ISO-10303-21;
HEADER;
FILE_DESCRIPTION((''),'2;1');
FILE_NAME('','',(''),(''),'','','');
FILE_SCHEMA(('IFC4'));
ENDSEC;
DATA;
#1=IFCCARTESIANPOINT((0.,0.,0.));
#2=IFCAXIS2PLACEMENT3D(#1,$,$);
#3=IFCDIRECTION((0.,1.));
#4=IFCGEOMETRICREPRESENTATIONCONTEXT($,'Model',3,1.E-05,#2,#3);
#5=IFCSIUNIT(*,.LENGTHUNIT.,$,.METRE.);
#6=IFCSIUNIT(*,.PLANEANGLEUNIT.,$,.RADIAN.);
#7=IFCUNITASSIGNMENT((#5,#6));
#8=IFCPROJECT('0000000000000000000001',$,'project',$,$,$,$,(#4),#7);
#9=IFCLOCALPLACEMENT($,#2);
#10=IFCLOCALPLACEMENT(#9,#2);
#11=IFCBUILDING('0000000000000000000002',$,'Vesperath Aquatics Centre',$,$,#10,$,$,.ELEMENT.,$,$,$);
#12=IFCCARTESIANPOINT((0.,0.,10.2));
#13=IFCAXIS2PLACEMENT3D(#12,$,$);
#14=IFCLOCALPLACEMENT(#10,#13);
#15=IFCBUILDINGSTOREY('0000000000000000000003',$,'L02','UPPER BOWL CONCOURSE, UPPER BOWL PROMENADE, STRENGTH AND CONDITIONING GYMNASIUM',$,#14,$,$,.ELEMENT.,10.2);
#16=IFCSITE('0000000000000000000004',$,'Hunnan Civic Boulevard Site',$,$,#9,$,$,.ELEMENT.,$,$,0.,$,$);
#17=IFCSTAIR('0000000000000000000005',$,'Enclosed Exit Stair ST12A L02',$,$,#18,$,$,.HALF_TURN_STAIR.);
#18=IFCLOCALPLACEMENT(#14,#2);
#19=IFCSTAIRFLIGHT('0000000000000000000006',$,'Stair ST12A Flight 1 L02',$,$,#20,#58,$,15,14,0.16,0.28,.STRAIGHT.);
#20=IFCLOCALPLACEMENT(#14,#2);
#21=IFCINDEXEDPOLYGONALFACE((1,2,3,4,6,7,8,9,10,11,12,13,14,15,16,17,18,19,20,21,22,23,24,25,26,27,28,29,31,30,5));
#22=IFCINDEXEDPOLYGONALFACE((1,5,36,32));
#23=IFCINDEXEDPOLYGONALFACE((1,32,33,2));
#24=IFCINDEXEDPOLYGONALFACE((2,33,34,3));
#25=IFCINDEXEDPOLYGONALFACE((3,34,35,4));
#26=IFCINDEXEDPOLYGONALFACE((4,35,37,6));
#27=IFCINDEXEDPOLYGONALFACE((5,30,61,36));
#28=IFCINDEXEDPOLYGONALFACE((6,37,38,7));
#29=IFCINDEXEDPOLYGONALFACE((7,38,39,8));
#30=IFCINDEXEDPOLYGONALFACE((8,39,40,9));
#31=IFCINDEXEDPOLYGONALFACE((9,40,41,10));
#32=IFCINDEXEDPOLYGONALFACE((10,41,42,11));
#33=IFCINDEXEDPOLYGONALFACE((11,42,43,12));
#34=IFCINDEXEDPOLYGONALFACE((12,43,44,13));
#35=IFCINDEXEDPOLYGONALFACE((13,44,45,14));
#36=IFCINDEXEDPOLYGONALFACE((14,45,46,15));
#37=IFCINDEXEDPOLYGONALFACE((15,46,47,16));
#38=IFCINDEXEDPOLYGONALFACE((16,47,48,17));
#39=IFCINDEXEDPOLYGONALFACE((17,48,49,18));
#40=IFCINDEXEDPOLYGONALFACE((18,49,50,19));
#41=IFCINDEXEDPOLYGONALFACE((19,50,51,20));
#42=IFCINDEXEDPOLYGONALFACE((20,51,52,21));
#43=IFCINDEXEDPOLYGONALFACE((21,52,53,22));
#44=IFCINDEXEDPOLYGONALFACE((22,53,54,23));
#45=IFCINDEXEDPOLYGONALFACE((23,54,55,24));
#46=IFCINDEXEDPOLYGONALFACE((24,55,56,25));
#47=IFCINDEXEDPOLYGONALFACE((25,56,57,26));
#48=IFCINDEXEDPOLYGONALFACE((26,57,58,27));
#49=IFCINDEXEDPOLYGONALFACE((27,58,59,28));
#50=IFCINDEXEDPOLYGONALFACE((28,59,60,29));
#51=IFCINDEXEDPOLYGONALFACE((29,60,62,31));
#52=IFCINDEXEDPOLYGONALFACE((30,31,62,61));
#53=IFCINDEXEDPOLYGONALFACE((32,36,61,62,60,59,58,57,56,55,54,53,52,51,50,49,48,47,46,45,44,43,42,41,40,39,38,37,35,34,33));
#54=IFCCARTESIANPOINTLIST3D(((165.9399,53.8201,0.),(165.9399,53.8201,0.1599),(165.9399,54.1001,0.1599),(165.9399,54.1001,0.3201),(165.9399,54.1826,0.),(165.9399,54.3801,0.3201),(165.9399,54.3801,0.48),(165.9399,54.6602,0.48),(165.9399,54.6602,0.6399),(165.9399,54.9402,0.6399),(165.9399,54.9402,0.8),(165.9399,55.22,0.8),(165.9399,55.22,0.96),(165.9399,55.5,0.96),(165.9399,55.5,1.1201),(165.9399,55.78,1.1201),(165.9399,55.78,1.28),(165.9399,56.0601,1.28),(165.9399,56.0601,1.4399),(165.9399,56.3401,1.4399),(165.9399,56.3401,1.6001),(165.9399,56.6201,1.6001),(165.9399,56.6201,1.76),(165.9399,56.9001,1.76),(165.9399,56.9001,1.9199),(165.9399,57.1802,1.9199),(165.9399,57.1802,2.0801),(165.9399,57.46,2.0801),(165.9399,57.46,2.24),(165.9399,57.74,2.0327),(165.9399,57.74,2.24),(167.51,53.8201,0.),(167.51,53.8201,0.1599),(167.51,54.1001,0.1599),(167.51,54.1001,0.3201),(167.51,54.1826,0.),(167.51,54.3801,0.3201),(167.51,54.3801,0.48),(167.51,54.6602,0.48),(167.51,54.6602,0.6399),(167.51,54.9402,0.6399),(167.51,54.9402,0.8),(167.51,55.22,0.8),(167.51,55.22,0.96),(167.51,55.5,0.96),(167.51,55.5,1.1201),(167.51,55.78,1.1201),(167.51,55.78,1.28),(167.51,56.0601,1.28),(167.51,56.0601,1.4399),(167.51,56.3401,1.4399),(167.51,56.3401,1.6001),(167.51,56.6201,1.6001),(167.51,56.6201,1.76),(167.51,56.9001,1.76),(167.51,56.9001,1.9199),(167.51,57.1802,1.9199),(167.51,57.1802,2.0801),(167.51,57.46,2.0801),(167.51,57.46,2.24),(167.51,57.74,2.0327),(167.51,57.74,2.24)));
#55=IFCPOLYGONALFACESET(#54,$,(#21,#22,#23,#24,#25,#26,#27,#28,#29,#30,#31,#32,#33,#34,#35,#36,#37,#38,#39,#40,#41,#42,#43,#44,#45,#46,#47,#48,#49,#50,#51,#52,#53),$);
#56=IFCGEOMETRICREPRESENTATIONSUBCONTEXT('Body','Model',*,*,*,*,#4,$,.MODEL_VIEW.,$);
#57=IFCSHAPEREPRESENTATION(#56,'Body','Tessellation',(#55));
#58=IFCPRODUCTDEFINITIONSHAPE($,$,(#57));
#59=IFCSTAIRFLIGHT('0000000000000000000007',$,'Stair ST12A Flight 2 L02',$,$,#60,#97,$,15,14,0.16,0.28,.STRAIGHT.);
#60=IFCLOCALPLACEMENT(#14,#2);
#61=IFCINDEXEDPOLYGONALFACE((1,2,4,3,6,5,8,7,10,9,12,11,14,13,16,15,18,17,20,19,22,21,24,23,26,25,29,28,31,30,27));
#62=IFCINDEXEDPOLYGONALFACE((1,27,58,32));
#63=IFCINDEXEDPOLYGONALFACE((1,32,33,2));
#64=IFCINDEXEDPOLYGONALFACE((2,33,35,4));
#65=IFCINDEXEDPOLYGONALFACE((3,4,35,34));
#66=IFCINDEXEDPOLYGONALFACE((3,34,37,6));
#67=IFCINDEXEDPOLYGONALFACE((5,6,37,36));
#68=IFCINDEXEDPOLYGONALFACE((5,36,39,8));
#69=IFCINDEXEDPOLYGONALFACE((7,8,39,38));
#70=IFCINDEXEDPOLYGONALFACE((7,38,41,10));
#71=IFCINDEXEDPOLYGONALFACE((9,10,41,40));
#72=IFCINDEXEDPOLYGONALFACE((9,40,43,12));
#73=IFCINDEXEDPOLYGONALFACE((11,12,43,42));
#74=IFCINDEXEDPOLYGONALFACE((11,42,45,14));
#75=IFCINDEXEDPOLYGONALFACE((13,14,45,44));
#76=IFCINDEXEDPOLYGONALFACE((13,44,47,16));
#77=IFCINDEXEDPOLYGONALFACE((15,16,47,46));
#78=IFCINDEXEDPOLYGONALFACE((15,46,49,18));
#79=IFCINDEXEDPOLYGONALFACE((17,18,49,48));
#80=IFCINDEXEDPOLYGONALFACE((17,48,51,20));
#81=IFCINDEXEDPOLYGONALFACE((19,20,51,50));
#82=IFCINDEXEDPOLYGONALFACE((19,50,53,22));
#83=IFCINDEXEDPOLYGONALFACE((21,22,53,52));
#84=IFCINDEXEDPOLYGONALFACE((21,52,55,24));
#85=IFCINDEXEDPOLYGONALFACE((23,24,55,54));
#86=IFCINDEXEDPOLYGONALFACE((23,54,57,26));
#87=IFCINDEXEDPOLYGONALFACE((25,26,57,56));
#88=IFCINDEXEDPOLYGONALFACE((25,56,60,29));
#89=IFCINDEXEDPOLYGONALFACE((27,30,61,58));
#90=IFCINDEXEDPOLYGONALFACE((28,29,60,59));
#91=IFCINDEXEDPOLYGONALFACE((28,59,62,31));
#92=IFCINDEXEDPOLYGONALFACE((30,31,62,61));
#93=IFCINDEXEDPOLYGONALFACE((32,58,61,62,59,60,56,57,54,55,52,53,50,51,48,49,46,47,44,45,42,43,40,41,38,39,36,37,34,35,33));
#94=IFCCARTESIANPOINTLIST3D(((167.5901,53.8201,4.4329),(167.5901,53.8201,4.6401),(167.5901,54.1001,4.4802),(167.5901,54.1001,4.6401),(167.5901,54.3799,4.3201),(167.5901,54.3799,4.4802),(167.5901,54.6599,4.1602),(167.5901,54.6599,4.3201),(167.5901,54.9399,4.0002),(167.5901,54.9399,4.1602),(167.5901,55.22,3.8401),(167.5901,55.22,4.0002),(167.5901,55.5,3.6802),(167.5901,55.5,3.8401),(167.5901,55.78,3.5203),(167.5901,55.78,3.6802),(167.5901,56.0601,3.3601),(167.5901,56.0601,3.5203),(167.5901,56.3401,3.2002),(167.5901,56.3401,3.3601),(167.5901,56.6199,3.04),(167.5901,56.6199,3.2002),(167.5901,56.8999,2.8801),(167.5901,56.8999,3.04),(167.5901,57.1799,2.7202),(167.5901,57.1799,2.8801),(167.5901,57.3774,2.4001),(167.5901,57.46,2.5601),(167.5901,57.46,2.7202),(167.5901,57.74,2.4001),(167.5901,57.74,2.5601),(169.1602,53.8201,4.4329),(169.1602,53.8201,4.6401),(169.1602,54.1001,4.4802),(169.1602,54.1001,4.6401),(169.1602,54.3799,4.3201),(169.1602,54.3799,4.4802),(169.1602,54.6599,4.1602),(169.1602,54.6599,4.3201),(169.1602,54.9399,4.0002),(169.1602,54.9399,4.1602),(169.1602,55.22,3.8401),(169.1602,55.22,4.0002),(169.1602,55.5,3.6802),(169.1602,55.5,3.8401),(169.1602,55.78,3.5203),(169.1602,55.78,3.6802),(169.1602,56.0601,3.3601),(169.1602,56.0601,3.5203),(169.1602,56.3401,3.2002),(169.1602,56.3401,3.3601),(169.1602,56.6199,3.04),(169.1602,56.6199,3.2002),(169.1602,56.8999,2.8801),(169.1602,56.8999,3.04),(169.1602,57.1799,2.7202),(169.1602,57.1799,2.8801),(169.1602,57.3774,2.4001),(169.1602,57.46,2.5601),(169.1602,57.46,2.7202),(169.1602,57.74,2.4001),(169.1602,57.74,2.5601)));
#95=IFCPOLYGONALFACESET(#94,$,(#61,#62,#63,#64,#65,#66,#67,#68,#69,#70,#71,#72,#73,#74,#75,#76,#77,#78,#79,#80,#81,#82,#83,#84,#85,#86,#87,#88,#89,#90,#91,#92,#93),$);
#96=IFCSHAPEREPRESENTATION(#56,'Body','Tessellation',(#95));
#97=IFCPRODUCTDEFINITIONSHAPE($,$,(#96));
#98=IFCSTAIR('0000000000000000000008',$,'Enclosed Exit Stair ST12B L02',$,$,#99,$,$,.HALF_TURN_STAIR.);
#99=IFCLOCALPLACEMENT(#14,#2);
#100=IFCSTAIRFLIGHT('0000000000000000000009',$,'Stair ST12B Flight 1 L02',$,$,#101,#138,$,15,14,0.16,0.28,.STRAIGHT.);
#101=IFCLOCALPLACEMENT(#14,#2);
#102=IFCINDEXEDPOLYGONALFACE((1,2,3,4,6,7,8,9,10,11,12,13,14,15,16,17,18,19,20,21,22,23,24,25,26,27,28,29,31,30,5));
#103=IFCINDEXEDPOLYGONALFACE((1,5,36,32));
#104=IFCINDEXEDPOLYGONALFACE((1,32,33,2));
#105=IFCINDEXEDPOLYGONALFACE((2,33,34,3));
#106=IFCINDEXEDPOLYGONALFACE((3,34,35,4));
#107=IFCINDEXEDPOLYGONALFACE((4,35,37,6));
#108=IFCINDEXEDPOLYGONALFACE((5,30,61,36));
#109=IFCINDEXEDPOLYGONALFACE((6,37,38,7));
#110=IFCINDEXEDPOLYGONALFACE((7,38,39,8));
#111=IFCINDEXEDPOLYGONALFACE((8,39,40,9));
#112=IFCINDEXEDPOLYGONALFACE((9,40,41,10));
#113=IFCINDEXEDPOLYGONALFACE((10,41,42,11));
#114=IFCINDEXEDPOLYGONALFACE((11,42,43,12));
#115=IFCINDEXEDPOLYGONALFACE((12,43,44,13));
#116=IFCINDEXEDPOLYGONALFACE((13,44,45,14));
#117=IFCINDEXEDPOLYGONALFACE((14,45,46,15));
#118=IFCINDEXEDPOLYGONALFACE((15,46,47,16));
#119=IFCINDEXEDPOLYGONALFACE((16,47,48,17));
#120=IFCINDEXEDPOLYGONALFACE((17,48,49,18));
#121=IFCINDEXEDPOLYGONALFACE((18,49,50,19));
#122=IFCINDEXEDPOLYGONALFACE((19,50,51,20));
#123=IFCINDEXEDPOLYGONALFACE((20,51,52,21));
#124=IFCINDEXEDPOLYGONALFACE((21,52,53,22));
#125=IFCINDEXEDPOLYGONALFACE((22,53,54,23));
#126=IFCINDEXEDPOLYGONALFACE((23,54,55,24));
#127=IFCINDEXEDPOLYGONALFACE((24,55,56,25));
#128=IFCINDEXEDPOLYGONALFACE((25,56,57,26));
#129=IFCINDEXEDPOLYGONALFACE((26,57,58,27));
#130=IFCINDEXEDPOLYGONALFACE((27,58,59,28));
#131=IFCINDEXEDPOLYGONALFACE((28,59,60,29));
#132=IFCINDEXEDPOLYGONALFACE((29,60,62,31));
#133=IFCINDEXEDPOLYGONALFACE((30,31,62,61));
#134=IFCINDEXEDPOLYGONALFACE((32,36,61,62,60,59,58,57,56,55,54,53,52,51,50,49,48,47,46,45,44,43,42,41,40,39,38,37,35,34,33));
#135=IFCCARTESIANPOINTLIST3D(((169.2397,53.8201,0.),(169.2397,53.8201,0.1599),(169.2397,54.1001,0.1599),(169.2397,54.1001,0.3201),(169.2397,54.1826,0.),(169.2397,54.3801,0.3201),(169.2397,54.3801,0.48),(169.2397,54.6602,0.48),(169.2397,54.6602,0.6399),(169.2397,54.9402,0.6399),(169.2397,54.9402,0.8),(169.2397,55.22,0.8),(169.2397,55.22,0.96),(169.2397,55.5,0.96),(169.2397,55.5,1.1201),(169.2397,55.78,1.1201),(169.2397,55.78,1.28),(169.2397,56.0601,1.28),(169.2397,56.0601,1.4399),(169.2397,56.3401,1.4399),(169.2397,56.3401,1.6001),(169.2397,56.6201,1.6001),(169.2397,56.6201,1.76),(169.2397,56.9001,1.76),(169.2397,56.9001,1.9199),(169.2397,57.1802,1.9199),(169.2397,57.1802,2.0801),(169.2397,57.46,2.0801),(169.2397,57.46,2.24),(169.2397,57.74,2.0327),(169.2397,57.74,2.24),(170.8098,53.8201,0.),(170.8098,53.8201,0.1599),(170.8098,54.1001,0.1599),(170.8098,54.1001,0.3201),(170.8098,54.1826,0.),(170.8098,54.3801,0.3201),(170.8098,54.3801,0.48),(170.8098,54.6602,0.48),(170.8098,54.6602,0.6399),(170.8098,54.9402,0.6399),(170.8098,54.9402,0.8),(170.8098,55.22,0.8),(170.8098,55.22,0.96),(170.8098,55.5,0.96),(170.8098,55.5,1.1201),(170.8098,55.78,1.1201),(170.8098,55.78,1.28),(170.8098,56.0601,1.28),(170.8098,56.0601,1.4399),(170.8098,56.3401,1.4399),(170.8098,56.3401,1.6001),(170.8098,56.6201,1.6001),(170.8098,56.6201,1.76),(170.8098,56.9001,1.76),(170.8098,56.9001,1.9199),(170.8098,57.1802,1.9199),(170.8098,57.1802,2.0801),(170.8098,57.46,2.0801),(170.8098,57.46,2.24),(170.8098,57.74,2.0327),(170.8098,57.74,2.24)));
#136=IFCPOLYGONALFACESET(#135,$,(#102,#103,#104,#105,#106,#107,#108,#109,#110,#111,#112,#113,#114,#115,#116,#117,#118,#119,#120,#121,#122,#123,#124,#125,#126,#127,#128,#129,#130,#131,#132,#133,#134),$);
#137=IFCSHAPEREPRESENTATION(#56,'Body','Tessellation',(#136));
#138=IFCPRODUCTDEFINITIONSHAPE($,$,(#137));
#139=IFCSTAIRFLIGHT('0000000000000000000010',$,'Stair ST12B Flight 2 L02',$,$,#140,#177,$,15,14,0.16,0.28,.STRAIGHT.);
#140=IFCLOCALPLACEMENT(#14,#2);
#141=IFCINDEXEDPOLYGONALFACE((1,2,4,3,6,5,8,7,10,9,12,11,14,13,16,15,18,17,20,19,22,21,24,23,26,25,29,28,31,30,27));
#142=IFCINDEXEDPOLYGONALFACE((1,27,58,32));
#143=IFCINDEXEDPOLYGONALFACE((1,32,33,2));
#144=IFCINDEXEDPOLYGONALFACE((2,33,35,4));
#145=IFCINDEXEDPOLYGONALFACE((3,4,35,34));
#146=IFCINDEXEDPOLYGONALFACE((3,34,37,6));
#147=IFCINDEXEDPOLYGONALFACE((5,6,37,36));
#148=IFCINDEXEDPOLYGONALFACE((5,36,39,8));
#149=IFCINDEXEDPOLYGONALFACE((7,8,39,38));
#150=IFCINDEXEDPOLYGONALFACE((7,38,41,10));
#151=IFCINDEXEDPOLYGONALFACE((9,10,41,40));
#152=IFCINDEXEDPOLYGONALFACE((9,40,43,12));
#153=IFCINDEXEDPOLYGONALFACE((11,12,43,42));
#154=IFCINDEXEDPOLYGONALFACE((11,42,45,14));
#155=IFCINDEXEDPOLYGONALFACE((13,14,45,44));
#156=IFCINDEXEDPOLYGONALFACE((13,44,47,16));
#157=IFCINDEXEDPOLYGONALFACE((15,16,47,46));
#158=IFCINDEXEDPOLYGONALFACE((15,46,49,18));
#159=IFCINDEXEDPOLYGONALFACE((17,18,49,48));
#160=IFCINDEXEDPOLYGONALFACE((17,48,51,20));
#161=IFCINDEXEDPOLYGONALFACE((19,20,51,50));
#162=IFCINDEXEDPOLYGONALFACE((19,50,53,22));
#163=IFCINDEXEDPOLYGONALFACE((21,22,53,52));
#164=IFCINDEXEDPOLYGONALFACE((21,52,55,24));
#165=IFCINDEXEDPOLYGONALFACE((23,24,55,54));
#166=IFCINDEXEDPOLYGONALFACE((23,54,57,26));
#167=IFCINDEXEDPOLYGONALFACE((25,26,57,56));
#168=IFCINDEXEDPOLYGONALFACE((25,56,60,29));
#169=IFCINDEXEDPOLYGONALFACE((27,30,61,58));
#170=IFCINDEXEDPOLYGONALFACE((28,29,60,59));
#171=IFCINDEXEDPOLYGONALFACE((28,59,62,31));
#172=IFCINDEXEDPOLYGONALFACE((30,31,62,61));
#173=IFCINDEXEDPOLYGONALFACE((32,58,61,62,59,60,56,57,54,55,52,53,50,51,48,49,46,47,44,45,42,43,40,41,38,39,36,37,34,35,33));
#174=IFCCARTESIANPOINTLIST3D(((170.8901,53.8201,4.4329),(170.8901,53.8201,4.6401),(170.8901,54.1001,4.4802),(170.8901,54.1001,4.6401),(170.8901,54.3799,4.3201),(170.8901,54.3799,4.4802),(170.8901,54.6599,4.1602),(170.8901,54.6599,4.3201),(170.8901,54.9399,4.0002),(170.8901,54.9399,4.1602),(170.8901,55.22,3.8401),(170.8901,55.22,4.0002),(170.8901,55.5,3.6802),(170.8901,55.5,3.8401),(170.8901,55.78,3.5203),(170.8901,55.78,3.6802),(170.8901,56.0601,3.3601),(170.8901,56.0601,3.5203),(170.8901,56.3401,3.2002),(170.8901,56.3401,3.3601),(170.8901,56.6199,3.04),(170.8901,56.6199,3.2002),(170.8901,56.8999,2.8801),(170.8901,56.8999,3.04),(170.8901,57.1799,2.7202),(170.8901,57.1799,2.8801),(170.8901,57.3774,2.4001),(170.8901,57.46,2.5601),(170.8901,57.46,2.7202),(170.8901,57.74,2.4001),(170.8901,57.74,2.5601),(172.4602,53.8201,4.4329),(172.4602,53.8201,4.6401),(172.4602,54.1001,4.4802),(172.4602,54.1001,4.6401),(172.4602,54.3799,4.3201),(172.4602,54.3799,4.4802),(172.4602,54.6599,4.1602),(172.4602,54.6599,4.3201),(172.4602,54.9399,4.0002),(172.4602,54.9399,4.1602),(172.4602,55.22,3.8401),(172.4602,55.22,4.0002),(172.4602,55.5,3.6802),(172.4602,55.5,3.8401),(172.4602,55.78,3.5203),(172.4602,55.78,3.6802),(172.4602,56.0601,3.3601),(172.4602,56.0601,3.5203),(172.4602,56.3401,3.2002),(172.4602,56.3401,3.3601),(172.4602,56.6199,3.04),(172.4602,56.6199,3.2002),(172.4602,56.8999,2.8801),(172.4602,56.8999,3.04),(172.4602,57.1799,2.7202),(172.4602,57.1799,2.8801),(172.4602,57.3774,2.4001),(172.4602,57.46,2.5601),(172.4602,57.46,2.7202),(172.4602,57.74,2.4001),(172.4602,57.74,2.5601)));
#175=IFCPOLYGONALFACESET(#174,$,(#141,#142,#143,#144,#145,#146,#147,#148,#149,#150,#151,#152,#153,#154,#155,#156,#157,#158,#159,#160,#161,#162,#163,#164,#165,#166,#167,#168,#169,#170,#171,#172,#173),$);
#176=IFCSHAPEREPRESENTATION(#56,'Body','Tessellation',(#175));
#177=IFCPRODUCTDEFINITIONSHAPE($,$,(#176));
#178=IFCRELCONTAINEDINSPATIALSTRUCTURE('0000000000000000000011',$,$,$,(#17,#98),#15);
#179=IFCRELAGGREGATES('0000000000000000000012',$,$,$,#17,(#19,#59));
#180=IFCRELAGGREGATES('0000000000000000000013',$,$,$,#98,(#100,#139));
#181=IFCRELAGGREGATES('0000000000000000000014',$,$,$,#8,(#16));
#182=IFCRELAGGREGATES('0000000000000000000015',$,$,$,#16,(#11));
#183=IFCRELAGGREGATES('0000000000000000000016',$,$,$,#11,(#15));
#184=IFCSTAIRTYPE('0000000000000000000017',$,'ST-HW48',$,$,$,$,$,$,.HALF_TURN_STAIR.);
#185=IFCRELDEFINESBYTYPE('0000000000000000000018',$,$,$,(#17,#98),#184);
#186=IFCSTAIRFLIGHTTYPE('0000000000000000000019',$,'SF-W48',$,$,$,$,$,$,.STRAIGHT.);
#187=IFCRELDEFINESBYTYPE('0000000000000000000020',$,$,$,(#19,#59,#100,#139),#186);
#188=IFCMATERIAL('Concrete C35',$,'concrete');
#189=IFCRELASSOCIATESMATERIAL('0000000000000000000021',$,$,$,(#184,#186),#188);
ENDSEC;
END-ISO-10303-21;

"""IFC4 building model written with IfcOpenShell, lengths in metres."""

from ifc_helpers import new_model, si_unit, direction, frame, origin, place, context, subcontext, project, spatial, polyline, outline, extrude, material, type_object, element, aggregate, save


model = new_model("IFC4")

# Units and contexts
model_context = context("Model", 3, precision=1e-05, world=origin(), true_north=direction((0.0, 1.0)))
body_context = subcontext(model_context, "Body", "Model", "MODEL_VIEW")
ifc_project = project(units=[si_unit("LENGTHUNIT", "METRE"), si_unit("PLANEANGLEUNIT", "RADIAN")], contexts=[model_context])

# Site, building, storey
site_placement = place(None, origin())
site = spatial("IfcSite", under=ifc_project, at=site_placement, Name="Hunnan Civic Boulevard Site", CompositionType="ELEMENT", RefElevation=0.0)
building_placement = place(site_placement, origin())
building = spatial("IfcBuilding", under=site, at=building_placement, Name="Vesperath Aquatics Centre", CompositionType="ELEMENT")
storey_placement = place(building_placement, frame((0.0, 0.0, 10.2)))
storey = spatial("IfcBuildingStorey", under=building, at=storey_placement, Name="L02", Description="UPPER BOWL CONCOURSE, UPPER BOWL PROMENADE, STRENGTH AND CONDITIONING GYMNASIUM", CompositionType="ELEMENT", Elevation=10.2)

# Stairs, stair flights
ifc_material_1 = material(Name="Concrete C35", Category="concrete")
stair_type = type_object("IfcStairType", Name="ST-HW48", PredefinedType="HALF_TURN_STAIR", material=ifc_material_1)
stair_1_placement = place(storey_placement, origin())
stair_1 = element("IfcStair", 1, at=stair_1_placement, inside=storey, type_object=stair_type, Name="Enclosed Exit Stair ST12A L02", PredefinedType="HALF_TURN_STAIR")
stair_flight_type = type_object("IfcStairFlightType", Name="SF-W48", PredefinedType="STRAIGHT", material=ifc_material_1)
stair_flight_1_placement = place(storey_placement, frame((166.7251, 53.8201, 0.0), z_axis=(0.0, 0.0, 1.0), x_axis=(0.0, 1.0, 0.0)))
stair_flight_1 = element("IfcStairFlight", 2, at=stair_flight_1_placement, type_object=stair_flight_type, Name="Stair ST12A Flight 1 L02", NumberOfRisers=15, NumberOfTreads=14, PredefinedType="STRAIGHT", RiserHeight=0.16, TreadLength=0.28, context=body_context, shape_type="SweptSolid", body=[
    extrude(outline(polyline([(0.0, 0.0), (0.0, 0.1599), (0.28, 0.1599), (0.28, 0.3201), (0.5601, 0.3201), (0.5601, 0.48), (0.8401, 0.48), (0.8401, 0.6399), (1.1201, 0.6399), (1.1201, 0.8), (1.3999, 0.8), (1.3999, 0.96), (1.6799, 0.96), (1.6799, 1.1201), (1.96, 1.1201), (1.96, 1.28), (2.24, 1.28), (2.24, 1.4399), (2.52, 1.4399), (2.52, 1.6001), (2.8, 1.6001), (2.8, 1.76), (3.0801, 1.76), (3.0801, 1.9199), (3.3601, 1.9199), (3.3601, 2.0801), (3.6399, 2.0801), (3.6399, 2.24), (3.9199, 2.24), (3.9199, 2.3999), (3.9199, 2.0327), (0.3625, 0.0), (0.0, 0.0)])), frame((0.0, 0.7852, 0.0), z_axis=(0.0, -1.0, 0.0), x_axis=(1.0, 0.0, 0.0)), (0.0, 0.0, 1.0), 1.5701),
])
stair_flight_2_placement = place(storey_placement, frame((168.375, 57.74, 2.4001), z_axis=(0.0, 0.0, 1.0), x_axis=(0.0, -1.0, 0.0)))
stair_flight_2 = element("IfcStairFlight", 3, at=stair_flight_2_placement, type_object=stair_flight_type, Name="Stair ST12A Flight 2 L02", NumberOfRisers=15, NumberOfTreads=14, PredefinedType="STRAIGHT", RiserHeight=0.16, TreadLength=0.28, context=body_context, shape_type="SweptSolid", body=[
    extrude(outline(polyline([(0.0, 0.0), (0.0, 0.1599), (0.28, 0.1599), (0.28, 0.3201), (0.5601, 0.3201), (0.5601, 0.48), (0.8401, 0.48), (0.8401, 0.6399), (1.1201, 0.6399), (1.1201, 0.8), (1.3999, 0.8), (1.3999, 0.96), (1.6799, 0.96), (1.6799, 1.1201), (1.96, 1.1201), (1.96, 1.28), (2.24, 1.28), (2.24, 1.4399), (2.52, 1.4399), (2.52, 1.6001), (2.8, 1.6001), (2.8, 1.76), (3.0801, 1.76), (3.0801, 1.9199), (3.3601, 1.9199), (3.3601, 2.0801), (3.6399, 2.0801), (3.6399, 2.24), (3.9199, 2.24), (3.9199, 2.3999), (3.9199, 2.0327), (0.3625, 0.0), (0.0, 0.0)])), frame((0.0, 0.7852, 0.0), z_axis=(0.0, -1.0, 0.0), x_axis=(1.0, 0.0, 0.0)), (0.0, 0.0, 1.0), 1.5701),
])
aggregate(stair_1, [stair_flight_1, stair_flight_2])
stair_2_placement = place(storey_placement, origin())
stair_2 = element("IfcStair", 4, at=stair_2_placement, inside=storey, type_object=stair_type, Name="Enclosed Exit Stair ST12B L02", PredefinedType="HALF_TURN_STAIR")
stair_flight_3_placement = place(storey_placement, frame((170.0249, 53.8201, 0.0), z_axis=(0.0, 0.0, 1.0), x_axis=(0.0, 1.0, 0.0)))
stair_flight_3 = element("IfcStairFlight", 5, at=stair_flight_3_placement, type_object=stair_flight_type, Name="Stair ST12B Flight 1 L02", NumberOfRisers=15, NumberOfTreads=14, PredefinedType="STRAIGHT", RiserHeight=0.16, TreadLength=0.28, context=body_context, shape_type="SweptSolid", body=[
    extrude(outline(polyline([(0.0, 0.0), (0.0, 0.1599), (0.28, 0.1599), (0.28, 0.3201), (0.5601, 0.3201), (0.5601, 0.48), (0.8401, 0.48), (0.8401, 0.6399), (1.1201, 0.6399), (1.1201, 0.8), (1.3999, 0.8), (1.3999, 0.96), (1.6799, 0.96), (1.6799, 1.1201), (1.96, 1.1201), (1.96, 1.28), (2.24, 1.28), (2.24, 1.4399), (2.52, 1.4399), (2.52, 1.6001), (2.8, 1.6001), (2.8, 1.76), (3.0801, 1.76), (3.0801, 1.9199), (3.3601, 1.9199), (3.3601, 2.0801), (3.6399, 2.0801), (3.6399, 2.24), (3.9199, 2.24), (3.9199, 2.3999), (3.9199, 2.0327), (0.3625, 0.0), (0.0, 0.0)])), frame((0.0, 0.7852, 0.0), z_axis=(0.0, -1.0, 0.0), x_axis=(1.0, 0.0, 0.0)), (0.0, 0.0, 1.0), 1.5701),
])
stair_flight_4_placement = place(storey_placement, frame((171.675, 57.74, 2.4001), z_axis=(0.0, 0.0, 1.0), x_axis=(0.0, -1.0, 0.0)))
stair_flight_4 = element("IfcStairFlight", 6, at=stair_flight_4_placement, type_object=stair_flight_type, Name="Stair ST12B Flight 2 L02", NumberOfRisers=15, NumberOfTreads=14, PredefinedType="STRAIGHT", RiserHeight=0.16, TreadLength=0.28, context=body_context, shape_type="SweptSolid", body=[
    extrude(outline(polyline([(0.0, 0.0), (0.0, 0.1599), (0.28, 0.1599), (0.28, 0.3201), (0.5601, 0.3201), (0.5601, 0.48), (0.8401, 0.48), (0.8401, 0.6399), (1.1201, 0.6399), (1.1201, 0.8), (1.3999, 0.8), (1.3999, 0.96), (1.6799, 0.96), (1.6799, 1.1201), (1.96, 1.1201), (1.96, 1.28), (2.24, 1.28), (2.24, 1.4399), (2.52, 1.4399), (2.52, 1.6001), (2.8, 1.6001), (2.8, 1.76), (3.0801, 1.76), (3.0801, 1.9199), (3.3601, 1.9199), (3.3601, 2.0801), (3.6399, 2.0801), (3.6399, 2.24), (3.9199, 2.24), (3.9199, 2.3999), (3.9199, 2.0327), (0.3625, 0.0), (0.0, 0.0)])), frame((0.0, 0.7852, 0.0), z_axis=(0.0, -1.0, 0.0), x_axis=(1.0, 0.0, 0.0)), (0.0, 0.0, 1.0), 1.5701),
])
aggregate(stair_2, [stair_flight_3, stair_flight_4])

save(model, "model.ifc")
